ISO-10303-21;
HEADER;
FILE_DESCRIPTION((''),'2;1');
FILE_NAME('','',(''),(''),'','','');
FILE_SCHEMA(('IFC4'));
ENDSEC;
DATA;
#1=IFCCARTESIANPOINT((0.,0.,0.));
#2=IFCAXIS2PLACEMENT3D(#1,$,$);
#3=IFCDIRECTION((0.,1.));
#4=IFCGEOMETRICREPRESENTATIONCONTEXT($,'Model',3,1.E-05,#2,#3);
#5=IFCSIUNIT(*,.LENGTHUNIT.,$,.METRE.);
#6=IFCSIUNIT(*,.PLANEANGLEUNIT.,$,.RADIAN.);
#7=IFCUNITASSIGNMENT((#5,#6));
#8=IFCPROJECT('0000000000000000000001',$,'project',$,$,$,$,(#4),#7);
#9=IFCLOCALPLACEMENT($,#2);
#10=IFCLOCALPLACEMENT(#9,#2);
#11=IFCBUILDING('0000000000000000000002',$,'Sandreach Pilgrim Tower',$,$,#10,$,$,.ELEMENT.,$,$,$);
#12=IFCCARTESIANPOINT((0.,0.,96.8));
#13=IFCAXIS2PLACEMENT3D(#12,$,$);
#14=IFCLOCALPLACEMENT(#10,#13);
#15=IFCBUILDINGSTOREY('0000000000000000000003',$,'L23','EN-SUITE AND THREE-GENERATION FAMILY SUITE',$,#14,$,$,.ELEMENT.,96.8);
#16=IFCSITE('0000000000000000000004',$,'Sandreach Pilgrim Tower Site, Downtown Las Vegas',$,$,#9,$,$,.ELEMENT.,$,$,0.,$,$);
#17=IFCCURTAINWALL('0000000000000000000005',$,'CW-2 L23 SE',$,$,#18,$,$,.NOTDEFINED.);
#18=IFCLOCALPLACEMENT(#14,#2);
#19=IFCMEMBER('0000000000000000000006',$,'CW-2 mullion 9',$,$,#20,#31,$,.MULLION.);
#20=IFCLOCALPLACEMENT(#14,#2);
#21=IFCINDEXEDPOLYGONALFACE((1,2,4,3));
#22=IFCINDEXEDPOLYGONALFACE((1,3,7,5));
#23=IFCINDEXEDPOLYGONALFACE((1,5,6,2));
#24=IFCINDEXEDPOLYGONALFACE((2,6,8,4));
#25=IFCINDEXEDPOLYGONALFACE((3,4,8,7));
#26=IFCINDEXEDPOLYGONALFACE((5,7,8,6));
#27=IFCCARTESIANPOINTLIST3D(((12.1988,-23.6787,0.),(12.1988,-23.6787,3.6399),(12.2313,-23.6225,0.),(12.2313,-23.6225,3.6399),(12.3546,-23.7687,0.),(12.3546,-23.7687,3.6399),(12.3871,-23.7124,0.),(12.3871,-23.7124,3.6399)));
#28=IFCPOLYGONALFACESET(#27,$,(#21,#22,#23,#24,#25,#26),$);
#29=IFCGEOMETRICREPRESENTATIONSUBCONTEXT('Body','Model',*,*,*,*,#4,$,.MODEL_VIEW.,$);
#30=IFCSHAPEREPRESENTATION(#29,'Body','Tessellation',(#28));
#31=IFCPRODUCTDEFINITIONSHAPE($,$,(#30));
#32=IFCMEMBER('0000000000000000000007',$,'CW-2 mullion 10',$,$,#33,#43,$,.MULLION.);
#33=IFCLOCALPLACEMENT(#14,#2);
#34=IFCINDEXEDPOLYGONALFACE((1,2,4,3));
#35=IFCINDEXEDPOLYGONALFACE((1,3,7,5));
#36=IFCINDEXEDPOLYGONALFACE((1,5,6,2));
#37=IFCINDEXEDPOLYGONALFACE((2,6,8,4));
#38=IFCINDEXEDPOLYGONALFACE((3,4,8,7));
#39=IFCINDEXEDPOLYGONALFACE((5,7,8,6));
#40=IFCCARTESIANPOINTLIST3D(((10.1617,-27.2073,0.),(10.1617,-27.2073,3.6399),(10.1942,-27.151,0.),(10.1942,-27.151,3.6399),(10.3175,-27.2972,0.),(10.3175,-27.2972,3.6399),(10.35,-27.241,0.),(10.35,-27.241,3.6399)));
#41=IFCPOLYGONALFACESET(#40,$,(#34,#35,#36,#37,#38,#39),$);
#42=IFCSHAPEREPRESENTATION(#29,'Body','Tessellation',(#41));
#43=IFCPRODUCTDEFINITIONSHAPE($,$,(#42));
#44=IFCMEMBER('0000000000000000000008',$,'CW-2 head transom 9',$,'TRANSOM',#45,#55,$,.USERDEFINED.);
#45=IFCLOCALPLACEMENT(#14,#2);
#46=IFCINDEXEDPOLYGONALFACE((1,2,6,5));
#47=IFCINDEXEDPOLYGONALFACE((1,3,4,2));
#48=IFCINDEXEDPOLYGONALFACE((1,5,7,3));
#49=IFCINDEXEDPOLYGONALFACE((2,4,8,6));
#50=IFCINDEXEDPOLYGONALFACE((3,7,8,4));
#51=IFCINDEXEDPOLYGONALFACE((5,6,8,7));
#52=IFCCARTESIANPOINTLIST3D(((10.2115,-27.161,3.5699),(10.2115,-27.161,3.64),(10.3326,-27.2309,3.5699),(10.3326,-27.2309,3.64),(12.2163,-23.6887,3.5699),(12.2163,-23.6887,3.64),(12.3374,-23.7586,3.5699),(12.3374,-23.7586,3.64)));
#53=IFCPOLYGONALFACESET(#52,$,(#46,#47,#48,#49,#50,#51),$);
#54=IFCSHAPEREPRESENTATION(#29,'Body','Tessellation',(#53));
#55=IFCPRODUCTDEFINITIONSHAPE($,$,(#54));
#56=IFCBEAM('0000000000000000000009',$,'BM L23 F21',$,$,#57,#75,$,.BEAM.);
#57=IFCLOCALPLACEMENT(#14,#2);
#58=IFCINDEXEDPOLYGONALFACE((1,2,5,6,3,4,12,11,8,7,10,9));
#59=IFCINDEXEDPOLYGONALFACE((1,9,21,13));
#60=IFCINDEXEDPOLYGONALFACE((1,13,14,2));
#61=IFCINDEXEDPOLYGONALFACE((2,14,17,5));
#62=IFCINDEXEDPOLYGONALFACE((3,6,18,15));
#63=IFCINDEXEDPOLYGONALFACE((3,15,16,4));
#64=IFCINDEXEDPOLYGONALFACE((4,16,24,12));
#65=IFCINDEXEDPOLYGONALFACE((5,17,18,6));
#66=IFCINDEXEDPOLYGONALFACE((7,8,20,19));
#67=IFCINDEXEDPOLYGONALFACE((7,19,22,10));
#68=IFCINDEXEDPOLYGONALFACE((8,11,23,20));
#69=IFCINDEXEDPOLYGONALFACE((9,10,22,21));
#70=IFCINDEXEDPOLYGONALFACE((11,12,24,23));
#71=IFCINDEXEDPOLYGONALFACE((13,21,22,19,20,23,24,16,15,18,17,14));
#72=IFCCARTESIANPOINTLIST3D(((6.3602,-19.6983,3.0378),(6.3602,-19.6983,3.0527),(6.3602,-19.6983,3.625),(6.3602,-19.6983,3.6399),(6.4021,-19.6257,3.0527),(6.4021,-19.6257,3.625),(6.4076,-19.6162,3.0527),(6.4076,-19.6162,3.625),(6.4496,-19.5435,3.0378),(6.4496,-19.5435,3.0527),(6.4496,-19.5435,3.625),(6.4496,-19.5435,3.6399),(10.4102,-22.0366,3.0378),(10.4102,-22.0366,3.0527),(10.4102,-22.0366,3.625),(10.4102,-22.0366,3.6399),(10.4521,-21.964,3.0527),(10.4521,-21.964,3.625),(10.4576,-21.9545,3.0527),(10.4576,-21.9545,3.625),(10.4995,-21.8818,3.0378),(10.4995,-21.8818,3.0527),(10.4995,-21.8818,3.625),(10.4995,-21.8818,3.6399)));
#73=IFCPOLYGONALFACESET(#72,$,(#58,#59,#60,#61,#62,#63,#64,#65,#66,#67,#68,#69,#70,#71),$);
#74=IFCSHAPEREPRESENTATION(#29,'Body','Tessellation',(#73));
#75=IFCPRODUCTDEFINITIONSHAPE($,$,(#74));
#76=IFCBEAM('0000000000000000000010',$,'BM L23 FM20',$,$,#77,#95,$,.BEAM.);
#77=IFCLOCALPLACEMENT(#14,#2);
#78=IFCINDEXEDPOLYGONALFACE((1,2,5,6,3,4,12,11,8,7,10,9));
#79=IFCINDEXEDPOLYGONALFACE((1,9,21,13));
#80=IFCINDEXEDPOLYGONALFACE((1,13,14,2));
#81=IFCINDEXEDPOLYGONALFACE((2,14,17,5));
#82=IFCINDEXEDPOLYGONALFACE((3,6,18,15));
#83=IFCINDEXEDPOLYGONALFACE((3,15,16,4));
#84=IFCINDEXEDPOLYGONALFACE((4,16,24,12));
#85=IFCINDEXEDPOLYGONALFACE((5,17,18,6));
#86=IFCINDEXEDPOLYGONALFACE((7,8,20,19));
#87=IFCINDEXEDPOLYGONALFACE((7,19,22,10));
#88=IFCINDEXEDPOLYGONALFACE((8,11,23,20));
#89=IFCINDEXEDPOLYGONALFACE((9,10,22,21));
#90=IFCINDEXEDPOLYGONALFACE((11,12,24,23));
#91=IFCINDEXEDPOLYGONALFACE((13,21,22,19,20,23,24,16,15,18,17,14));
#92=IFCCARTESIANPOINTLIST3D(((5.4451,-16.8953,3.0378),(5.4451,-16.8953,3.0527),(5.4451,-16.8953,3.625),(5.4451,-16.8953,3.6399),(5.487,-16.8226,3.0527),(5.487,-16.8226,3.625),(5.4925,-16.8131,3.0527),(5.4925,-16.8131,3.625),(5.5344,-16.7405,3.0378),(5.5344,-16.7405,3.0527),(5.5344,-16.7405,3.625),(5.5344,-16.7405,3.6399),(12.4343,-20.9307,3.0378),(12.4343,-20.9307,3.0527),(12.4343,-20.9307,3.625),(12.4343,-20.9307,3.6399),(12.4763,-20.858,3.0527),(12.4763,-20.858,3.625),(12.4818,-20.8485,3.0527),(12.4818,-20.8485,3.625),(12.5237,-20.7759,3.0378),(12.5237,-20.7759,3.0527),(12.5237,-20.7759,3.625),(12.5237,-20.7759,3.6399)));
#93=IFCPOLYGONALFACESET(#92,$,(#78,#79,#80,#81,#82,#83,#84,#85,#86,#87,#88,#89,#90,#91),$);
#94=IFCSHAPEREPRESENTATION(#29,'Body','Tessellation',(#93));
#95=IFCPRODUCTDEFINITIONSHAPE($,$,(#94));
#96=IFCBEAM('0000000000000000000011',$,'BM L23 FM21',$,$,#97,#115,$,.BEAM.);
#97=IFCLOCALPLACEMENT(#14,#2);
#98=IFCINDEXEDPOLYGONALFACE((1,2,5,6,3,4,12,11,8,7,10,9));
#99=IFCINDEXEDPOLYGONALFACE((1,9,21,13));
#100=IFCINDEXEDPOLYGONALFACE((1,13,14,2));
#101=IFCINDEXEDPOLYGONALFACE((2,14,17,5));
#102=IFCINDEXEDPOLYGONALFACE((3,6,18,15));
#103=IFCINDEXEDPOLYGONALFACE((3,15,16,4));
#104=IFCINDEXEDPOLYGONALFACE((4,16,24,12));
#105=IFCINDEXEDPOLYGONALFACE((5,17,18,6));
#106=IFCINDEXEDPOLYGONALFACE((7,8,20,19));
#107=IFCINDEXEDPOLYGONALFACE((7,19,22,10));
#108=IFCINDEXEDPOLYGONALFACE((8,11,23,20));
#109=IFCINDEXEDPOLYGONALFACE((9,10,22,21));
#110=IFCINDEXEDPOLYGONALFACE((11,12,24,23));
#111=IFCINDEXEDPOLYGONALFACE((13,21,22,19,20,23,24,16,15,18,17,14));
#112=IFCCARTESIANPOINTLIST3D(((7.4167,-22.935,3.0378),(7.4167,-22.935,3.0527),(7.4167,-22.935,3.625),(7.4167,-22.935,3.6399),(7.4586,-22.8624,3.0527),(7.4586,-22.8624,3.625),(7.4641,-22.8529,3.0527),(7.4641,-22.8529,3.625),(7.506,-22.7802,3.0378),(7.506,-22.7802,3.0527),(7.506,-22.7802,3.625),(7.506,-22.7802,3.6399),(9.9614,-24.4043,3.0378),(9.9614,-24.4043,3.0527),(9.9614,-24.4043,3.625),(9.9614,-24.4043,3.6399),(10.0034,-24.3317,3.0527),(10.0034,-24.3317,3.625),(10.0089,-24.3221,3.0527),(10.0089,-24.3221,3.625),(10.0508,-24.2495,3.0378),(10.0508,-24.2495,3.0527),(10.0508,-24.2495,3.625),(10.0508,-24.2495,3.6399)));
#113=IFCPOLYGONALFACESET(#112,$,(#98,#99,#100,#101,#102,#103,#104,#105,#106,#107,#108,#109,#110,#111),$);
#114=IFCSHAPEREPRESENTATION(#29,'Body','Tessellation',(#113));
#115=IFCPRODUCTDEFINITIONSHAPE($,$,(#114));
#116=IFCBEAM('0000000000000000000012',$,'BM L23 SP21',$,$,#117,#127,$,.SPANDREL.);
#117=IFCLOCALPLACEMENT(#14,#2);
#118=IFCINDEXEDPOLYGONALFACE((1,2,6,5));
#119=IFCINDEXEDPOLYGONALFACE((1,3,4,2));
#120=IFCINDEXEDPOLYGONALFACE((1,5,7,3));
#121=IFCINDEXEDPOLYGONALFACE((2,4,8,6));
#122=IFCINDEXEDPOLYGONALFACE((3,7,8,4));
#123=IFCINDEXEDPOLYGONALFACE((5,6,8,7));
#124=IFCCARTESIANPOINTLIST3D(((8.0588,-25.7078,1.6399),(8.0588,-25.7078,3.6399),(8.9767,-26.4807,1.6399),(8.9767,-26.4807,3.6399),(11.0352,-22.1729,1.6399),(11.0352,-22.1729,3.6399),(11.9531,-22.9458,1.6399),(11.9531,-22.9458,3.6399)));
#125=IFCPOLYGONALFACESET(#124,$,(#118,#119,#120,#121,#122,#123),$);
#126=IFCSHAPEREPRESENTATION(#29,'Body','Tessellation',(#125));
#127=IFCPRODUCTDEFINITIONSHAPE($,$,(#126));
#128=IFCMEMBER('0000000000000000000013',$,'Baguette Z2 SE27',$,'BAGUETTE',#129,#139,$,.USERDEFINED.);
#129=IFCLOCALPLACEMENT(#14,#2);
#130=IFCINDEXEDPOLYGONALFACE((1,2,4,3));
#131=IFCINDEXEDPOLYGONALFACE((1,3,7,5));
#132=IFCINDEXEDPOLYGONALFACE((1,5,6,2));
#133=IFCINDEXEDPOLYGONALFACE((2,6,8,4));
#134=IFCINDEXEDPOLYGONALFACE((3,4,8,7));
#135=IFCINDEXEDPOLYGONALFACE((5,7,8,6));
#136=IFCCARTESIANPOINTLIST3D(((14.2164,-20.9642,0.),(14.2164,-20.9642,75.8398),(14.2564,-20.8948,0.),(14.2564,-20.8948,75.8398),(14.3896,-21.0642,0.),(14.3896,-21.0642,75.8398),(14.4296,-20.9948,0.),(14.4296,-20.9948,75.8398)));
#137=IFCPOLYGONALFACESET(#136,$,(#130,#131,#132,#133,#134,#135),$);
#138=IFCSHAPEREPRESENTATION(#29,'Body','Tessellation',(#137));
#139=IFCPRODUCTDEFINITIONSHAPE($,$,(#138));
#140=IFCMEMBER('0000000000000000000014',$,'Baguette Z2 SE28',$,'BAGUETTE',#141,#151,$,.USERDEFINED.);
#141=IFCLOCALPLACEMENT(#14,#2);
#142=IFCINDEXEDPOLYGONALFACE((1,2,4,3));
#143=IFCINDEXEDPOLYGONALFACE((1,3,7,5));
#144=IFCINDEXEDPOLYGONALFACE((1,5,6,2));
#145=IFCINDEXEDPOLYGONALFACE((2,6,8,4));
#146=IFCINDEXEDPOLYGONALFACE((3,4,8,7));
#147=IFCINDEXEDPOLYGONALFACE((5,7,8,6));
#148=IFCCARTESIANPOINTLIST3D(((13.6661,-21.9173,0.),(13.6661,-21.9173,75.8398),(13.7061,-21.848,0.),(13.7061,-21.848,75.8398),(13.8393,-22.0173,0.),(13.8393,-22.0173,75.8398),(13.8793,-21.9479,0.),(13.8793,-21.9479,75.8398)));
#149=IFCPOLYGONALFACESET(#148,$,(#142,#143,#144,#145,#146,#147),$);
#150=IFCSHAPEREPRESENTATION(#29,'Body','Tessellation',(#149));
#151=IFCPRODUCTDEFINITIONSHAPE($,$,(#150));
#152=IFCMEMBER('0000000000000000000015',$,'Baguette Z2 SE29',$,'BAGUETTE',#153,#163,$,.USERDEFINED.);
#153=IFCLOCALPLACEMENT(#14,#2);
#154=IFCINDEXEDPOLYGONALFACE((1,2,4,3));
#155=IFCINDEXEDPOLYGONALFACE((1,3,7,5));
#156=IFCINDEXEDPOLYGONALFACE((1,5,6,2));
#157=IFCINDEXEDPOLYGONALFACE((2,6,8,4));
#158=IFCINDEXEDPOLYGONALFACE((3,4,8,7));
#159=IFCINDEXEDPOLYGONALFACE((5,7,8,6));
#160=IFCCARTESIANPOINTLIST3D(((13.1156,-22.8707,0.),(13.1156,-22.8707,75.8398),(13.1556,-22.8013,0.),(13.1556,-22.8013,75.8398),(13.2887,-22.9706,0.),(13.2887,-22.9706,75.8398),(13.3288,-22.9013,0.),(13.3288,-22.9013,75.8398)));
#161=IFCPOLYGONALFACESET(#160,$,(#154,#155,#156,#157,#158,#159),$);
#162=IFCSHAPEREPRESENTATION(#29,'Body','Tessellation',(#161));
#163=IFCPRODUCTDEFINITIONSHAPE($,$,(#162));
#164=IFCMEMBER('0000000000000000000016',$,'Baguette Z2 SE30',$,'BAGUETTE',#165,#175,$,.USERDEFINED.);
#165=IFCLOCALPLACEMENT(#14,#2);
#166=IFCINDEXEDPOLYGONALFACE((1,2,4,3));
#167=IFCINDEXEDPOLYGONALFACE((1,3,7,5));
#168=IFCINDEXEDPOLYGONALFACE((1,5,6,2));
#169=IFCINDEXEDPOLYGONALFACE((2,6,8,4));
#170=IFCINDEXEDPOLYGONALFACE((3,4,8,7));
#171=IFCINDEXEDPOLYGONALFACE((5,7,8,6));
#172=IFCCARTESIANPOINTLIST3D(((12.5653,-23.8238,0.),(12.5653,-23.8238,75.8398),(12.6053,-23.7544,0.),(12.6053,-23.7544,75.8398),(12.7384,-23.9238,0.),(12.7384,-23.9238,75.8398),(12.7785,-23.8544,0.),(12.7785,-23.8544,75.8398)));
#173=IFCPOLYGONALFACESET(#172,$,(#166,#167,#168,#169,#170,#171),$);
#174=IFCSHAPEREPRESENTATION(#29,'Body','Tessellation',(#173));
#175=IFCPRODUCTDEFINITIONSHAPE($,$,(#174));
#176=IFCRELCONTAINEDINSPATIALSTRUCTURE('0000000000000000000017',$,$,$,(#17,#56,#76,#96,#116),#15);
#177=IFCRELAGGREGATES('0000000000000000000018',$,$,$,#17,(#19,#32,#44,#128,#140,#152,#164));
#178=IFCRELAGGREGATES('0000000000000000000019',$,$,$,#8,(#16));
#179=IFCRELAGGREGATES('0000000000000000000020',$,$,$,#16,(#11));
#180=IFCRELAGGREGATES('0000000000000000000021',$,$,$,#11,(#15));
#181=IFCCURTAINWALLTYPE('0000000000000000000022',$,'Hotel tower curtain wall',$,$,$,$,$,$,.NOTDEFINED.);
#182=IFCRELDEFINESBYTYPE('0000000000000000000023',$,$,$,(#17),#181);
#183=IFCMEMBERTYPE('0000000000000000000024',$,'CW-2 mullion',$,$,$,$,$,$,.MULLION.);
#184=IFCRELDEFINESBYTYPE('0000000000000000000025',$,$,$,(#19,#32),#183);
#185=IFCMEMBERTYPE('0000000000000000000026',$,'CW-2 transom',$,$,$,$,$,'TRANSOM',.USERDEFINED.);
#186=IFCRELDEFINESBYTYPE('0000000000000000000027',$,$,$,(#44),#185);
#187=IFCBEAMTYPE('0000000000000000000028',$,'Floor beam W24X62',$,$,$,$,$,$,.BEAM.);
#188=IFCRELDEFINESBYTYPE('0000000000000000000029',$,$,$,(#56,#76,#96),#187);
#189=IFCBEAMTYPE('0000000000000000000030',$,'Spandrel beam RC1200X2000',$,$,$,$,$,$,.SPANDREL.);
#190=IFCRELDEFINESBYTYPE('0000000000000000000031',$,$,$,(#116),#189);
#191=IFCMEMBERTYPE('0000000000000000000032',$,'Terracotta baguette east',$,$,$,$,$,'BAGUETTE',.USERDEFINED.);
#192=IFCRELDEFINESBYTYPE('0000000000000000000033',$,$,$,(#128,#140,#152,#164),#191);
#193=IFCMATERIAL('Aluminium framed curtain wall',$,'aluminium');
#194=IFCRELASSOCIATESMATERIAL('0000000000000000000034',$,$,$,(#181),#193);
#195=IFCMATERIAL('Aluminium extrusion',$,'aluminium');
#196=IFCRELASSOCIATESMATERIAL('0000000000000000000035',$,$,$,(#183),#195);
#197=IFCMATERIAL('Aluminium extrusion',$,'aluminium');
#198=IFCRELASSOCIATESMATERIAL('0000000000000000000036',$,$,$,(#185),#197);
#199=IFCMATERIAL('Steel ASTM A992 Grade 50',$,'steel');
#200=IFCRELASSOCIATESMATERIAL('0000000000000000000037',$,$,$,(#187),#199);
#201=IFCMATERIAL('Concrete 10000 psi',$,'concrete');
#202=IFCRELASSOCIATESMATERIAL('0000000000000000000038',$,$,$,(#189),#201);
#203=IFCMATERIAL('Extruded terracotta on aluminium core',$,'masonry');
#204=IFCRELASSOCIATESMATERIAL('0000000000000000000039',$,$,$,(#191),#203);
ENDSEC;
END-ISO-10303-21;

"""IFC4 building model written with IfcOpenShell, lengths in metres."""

from ifc_helpers import new_model, si_unit, direction, frame, origin, origin_2d, place, context, subcontext, project, spatial, rectangle, i_section, extrude, material, material_profile, profile_set, type_object, element, aggregate, save


model = new_model("IFC4")

# Units and contexts
model_context = context("Model", 3, precision=1e-05, world=origin(), true_north=direction((0.0, 1.0)))
body_context = subcontext(model_context, "Body", "Model", "MODEL_VIEW")
ifc_project = project(units=[si_unit("LENGTHUNIT", "METRE"), si_unit("PLANEANGLEUNIT", "RADIAN")], contexts=[model_context])

# Site, building, storey
site_placement = place(None, origin())
site = spatial("IfcSite", under=ifc_project, at=site_placement, Name="Sandreach Pilgrim Tower Site, Downtown Las Vegas", CompositionType="ELEMENT", RefElevation=0.0)
building_placement = place(site_placement, origin())
building = spatial("IfcBuilding", under=site, at=building_placement, Name="Sandreach Pilgrim Tower", CompositionType="ELEMENT")
storey_placement = place(building_placement, frame((0.0, 0.0, 96.8)))
storey = spatial("IfcBuildingStorey", under=building, at=storey_placement, Name="L23", Description="EN-SUITE AND THREE-GENERATION FAMILY SUITE", CompositionType="ELEMENT", Elevation=96.8)

# Curtain wall, members
ifc_material_1 = material(Name="Aluminium framed curtain wall", Category="aluminium")
curtain_wall_type = type_object("IfcCurtainWallType", Name="Hotel tower curtain wall", PredefinedType="NOTDEFINED", material=ifc_material_1)
curtain_wall_placement = place(storey_placement, origin())
curtain_wall = element("IfcCurtainWall", 1, at=curtain_wall_placement, inside=storey, type_object=curtain_wall_type, Name="CW-2 L23 SE", PredefinedType="NOTDEFINED")
ifc_material_2 = material(Name="Aluminium extrusion", Category="aluminium")
ifc_material_profile_1 = material_profile(ifc_material_2, rectangle(XDim=0.0649, YDim=0.1799, at=origin_2d()), Name="CW-2M 65X180")
ifc_profile_set_1 = profile_set([ifc_material_profile_1], Name="Aluminium extrusion")
member_type_1 = type_object("IfcMemberType", Name="CW-2 mullion", PredefinedType="MULLION", material=ifc_profile_set_1)
member_1_placement = place(storey_placement, frame((12.293, -23.6956, 0.0), z_axis=(0.0, 0.0, 1.0), x_axis=(-0.5, -0.866025, 0.0)))
member_1 = element("IfcMember", 2, at=member_1_placement, type_object=member_type_1, Name="CW-2 mullion 9", PredefinedType="MULLION", context=body_context, shape_type="SweptSolid", body=[
    extrude(rectangle(XDim=0.0649, YDim=0.1799, at=origin_2d()), origin(), (0.0, 0.0, 1.0), 3.6399),
])
member_2_placement = place(storey_placement, frame((10.2559, -27.2241, 0.0), z_axis=(0.0, 0.0, 1.0), x_axis=(-0.5, -0.866025, 0.0)))
member_2 = element("IfcMember", 3, at=member_2_placement, type_object=member_type_1, Name="CW-2 mullion 10", PredefinedType="MULLION", context=body_context, shape_type="SweptSolid", body=[
    extrude(rectangle(XDim=0.0649, YDim=0.1799, at=origin_2d()), origin(), (0.0, 0.0, 1.0), 3.6399),
])
ifc_material_3 = material(Name="Aluminium extrusion", Category="aluminium")
ifc_material_profile_2 = material_profile(ifc_material_3, rectangle(XDim=0.1399, YDim=0.0701, at=origin_2d()), Name="CW-2T 140X70")
ifc_profile_set_2 = profile_set([ifc_material_profile_2], Name="Aluminium extrusion")
member_type_2 = type_object("IfcMemberType", Name="CW-2 transom", ElementType="TRANSOM", PredefinedType="USERDEFINED", material=ifc_profile_set_2)
member_3_placement = place(storey_placement, frame((12.2769, -23.7236, 3.605), z_axis=(-0.500016, -0.866016, 0.0), x_axis=(0.866016, -0.500016, 0.0)))
member_3 = element("IfcMember", 4, at=member_3_placement, type_object=member_type_2, Name="CW-2 head transom 9", ObjectType="TRANSOM", PredefinedType="USERDEFINED", context=body_context, shape_type="SweptSolid", body=[
    extrude(rectangle(XDim=0.1399, YDim=0.0701, at=origin_2d()), origin(), (0.0, 0.0, 1.0), 4.0095),
])

# Beams
ifc_material_4 = material(Name="Steel ASTM A992 Grade 50", Category="steel")
ifc_material_profile_3 = material_profile(ifc_material_4, i_section(OverallWidth=0.1787, OverallDepth=0.6021, WebThickness=0.011, FlangeThickness=0.0149, at=origin_2d()), Name="W24X62")
ifc_profile_set_3 = profile_set([ifc_material_profile_3], Name="Steel ASTM A992 Grade 50")
beam_type_1 = type_object("IfcBeamType", Name="Floor beam W24X62", PredefinedType="BEAM", material=ifc_profile_set_3)
beam_1_placement = place(storey_placement, frame((10.4548, -21.9592, 3.3389), z_axis=(-0.866018, 0.500013, 0.0), x_axis=(-0.500013, -0.866018, 0.0)))
element("IfcBeam", 5, at=beam_1_placement, inside=storey, type_object=beam_type_1, Name="BM L23 F21", PredefinedType="BEAM", context=body_context, shape_type="SweptSolid", body=[
    extrude(i_section(OverallWidth=0.1787, OverallDepth=0.6021, WebThickness=0.011, FlangeThickness=0.0149, at=origin_2d()), origin(), (0.0, 0.0, 1.0), 4.6765),
])
beam_2_placement = place(storey_placement, frame((12.479, -20.8533, 3.3389), z_axis=(-0.866017, 0.500014, 0.0), x_axis=(-0.500014, -0.866017, 0.0)))
element("IfcBeam", 6, at=beam_2_placement, inside=storey, type_object=beam_type_1, Name="BM L23 FM20", PredefinedType="BEAM", context=body_context, shape_type="SweptSolid", body=[
    extrude(i_section(OverallWidth=0.1787, OverallDepth=0.6021, WebThickness=0.011, FlangeThickness=0.0149, at=origin_2d()), origin(), (0.0, 0.0, 1.0), 8.0706),
])
beam_3_placement = place(storey_placement, frame((10.0061, -24.3269, 3.3389), z_axis=(-0.866015, 0.500017, 0.0), x_axis=(-0.500017, -0.866015, 0.0)))
element("IfcBeam", 7, at=beam_3_placement, inside=storey, type_object=beam_type_1, Name="BM L23 FM21", PredefinedType="BEAM", context=body_context, shape_type="SweptSolid", body=[
    extrude(i_section(OverallWidth=0.1787, OverallDepth=0.6021, WebThickness=0.011, FlangeThickness=0.0149, at=origin_2d()), origin(), (0.0, 0.0, 1.0), 2.9385),
])
ifc_material_5 = material(Name="Concrete 10000 psi", Category="concrete")
ifc_material_profile_4 = material_profile(ifc_material_5, rectangle(XDim=1.2, YDim=2.0, at=origin_2d()), Name="RC1200X2000")
ifc_profile_set_4 = profile_set([ifc_material_profile_4], Name="Concrete 10000 psi")
beam_type_2 = type_object("IfcBeamType", Name="Spandrel beam RC1200X2000", PredefinedType="SPANDREL", material=ifc_profile_set_4)
beam_4_placement = place(storey_placement, frame((11.4941, -22.5593, 2.6399), z_axis=(-0.644079, -0.764959, 0.0), x_axis=(0.764959, -0.644079, 0.0)))
element("IfcBeam", 8, at=beam_4_placement, inside=storey, type_object=beam_type_2, Name="BM L23 SP21", PredefinedType="SPANDREL", context=body_context, shape_type="SweptSolid", body=[
    extrude(rectangle(XDim=1.2, YDim=2.0, at=origin_2d()), origin(), (0.0, 0.0, 1.0), 4.6211),
])

# Members
ifc_material_6 = material(Name="Extruded terracotta on aluminium core", Category="masonry")
ifc_material_profile_5 = material_profile(ifc_material_6, rectangle(XDim=0.0801, YDim=0.2, at=origin_2d()), Name="TBE 80X200")
ifc_profile_set_5 = profile_set([ifc_material_profile_5], Name="Extruded terracotta on aluminium core")
member_type_3 = type_object("IfcMemberType", Name="Terracotta baguette east", ElementType="BAGUETTE", PredefinedType="USERDEFINED", material=ifc_profile_set_5)
member_4_placement = place(storey_placement, frame((14.323, -20.9795, 0.0), z_axis=(0.0, 0.0, 1.0), x_axis=(-0.5, -0.866025, 0.0)))
member_4 = element("IfcMember", 9, at=member_4_placement, type_object=member_type_3, Name="Baguette Z2 SE27", ObjectType="BAGUETTE", PredefinedType="USERDEFINED", context=body_context, shape_type="SweptSolid", body=[
    extrude(rectangle(XDim=0.0801, YDim=0.2, at=origin_2d()), origin(), (0.0, 0.0, 1.0), 75.8398),
])
member_5_placement = place(storey_placement, frame((13.7727, -21.9326, 0.0), z_axis=(0.0, 0.0, 1.0), x_axis=(-0.5, -0.866025, 0.0)))
member_5 = element("IfcMember", 10, at=member_5_placement, type_object=member_type_3, Name="Baguette Z2 SE28", ObjectType="BAGUETTE", PredefinedType="USERDEFINED", context=body_context, shape_type="SweptSolid", body=[
    extrude(rectangle(XDim=0.0801, YDim=0.2, at=origin_2d()), origin(), (0.0, 0.0, 1.0), 75.8398),
])
member_6_placement = place(storey_placement, frame((13.2222, -22.886, 0.0), z_axis=(0.0, 0.0, 1.0), x_axis=(-0.5, -0.866025, 0.0)))
member_6 = element("IfcMember", 11, at=member_6_placement, type_object=member_type_3, Name="Baguette Z2 SE29", ObjectType="BAGUETTE", PredefinedType="USERDEFINED", context=body_context, shape_type="SweptSolid", body=[
    extrude(rectangle(XDim=0.0801, YDim=0.2, at=origin_2d()), origin(), (0.0, 0.0, 1.0), 75.8398),
])
member_7_placement = place(storey_placement, frame((12.6719, -23.8391, 0.0), z_axis=(0.0, 0.0, 1.0), x_axis=(-0.5, -0.866025, 0.0)))
member_7 = element("IfcMember", 12, at=member_7_placement, type_object=member_type_3, Name="Baguette Z2 SE30", ObjectType="BAGUETTE", PredefinedType="USERDEFINED", context=body_context, shape_type="SweptSolid", body=[
    extrude(rectangle(XDim=0.0801, YDim=0.2, at=origin_2d()), origin(), (0.0, 0.0, 1.0), 75.8398),
])

aggregate(curtain_wall, [member_1, member_2, member_3, member_4, member_5, member_6, member_7])

save(model, "model.ifc")
